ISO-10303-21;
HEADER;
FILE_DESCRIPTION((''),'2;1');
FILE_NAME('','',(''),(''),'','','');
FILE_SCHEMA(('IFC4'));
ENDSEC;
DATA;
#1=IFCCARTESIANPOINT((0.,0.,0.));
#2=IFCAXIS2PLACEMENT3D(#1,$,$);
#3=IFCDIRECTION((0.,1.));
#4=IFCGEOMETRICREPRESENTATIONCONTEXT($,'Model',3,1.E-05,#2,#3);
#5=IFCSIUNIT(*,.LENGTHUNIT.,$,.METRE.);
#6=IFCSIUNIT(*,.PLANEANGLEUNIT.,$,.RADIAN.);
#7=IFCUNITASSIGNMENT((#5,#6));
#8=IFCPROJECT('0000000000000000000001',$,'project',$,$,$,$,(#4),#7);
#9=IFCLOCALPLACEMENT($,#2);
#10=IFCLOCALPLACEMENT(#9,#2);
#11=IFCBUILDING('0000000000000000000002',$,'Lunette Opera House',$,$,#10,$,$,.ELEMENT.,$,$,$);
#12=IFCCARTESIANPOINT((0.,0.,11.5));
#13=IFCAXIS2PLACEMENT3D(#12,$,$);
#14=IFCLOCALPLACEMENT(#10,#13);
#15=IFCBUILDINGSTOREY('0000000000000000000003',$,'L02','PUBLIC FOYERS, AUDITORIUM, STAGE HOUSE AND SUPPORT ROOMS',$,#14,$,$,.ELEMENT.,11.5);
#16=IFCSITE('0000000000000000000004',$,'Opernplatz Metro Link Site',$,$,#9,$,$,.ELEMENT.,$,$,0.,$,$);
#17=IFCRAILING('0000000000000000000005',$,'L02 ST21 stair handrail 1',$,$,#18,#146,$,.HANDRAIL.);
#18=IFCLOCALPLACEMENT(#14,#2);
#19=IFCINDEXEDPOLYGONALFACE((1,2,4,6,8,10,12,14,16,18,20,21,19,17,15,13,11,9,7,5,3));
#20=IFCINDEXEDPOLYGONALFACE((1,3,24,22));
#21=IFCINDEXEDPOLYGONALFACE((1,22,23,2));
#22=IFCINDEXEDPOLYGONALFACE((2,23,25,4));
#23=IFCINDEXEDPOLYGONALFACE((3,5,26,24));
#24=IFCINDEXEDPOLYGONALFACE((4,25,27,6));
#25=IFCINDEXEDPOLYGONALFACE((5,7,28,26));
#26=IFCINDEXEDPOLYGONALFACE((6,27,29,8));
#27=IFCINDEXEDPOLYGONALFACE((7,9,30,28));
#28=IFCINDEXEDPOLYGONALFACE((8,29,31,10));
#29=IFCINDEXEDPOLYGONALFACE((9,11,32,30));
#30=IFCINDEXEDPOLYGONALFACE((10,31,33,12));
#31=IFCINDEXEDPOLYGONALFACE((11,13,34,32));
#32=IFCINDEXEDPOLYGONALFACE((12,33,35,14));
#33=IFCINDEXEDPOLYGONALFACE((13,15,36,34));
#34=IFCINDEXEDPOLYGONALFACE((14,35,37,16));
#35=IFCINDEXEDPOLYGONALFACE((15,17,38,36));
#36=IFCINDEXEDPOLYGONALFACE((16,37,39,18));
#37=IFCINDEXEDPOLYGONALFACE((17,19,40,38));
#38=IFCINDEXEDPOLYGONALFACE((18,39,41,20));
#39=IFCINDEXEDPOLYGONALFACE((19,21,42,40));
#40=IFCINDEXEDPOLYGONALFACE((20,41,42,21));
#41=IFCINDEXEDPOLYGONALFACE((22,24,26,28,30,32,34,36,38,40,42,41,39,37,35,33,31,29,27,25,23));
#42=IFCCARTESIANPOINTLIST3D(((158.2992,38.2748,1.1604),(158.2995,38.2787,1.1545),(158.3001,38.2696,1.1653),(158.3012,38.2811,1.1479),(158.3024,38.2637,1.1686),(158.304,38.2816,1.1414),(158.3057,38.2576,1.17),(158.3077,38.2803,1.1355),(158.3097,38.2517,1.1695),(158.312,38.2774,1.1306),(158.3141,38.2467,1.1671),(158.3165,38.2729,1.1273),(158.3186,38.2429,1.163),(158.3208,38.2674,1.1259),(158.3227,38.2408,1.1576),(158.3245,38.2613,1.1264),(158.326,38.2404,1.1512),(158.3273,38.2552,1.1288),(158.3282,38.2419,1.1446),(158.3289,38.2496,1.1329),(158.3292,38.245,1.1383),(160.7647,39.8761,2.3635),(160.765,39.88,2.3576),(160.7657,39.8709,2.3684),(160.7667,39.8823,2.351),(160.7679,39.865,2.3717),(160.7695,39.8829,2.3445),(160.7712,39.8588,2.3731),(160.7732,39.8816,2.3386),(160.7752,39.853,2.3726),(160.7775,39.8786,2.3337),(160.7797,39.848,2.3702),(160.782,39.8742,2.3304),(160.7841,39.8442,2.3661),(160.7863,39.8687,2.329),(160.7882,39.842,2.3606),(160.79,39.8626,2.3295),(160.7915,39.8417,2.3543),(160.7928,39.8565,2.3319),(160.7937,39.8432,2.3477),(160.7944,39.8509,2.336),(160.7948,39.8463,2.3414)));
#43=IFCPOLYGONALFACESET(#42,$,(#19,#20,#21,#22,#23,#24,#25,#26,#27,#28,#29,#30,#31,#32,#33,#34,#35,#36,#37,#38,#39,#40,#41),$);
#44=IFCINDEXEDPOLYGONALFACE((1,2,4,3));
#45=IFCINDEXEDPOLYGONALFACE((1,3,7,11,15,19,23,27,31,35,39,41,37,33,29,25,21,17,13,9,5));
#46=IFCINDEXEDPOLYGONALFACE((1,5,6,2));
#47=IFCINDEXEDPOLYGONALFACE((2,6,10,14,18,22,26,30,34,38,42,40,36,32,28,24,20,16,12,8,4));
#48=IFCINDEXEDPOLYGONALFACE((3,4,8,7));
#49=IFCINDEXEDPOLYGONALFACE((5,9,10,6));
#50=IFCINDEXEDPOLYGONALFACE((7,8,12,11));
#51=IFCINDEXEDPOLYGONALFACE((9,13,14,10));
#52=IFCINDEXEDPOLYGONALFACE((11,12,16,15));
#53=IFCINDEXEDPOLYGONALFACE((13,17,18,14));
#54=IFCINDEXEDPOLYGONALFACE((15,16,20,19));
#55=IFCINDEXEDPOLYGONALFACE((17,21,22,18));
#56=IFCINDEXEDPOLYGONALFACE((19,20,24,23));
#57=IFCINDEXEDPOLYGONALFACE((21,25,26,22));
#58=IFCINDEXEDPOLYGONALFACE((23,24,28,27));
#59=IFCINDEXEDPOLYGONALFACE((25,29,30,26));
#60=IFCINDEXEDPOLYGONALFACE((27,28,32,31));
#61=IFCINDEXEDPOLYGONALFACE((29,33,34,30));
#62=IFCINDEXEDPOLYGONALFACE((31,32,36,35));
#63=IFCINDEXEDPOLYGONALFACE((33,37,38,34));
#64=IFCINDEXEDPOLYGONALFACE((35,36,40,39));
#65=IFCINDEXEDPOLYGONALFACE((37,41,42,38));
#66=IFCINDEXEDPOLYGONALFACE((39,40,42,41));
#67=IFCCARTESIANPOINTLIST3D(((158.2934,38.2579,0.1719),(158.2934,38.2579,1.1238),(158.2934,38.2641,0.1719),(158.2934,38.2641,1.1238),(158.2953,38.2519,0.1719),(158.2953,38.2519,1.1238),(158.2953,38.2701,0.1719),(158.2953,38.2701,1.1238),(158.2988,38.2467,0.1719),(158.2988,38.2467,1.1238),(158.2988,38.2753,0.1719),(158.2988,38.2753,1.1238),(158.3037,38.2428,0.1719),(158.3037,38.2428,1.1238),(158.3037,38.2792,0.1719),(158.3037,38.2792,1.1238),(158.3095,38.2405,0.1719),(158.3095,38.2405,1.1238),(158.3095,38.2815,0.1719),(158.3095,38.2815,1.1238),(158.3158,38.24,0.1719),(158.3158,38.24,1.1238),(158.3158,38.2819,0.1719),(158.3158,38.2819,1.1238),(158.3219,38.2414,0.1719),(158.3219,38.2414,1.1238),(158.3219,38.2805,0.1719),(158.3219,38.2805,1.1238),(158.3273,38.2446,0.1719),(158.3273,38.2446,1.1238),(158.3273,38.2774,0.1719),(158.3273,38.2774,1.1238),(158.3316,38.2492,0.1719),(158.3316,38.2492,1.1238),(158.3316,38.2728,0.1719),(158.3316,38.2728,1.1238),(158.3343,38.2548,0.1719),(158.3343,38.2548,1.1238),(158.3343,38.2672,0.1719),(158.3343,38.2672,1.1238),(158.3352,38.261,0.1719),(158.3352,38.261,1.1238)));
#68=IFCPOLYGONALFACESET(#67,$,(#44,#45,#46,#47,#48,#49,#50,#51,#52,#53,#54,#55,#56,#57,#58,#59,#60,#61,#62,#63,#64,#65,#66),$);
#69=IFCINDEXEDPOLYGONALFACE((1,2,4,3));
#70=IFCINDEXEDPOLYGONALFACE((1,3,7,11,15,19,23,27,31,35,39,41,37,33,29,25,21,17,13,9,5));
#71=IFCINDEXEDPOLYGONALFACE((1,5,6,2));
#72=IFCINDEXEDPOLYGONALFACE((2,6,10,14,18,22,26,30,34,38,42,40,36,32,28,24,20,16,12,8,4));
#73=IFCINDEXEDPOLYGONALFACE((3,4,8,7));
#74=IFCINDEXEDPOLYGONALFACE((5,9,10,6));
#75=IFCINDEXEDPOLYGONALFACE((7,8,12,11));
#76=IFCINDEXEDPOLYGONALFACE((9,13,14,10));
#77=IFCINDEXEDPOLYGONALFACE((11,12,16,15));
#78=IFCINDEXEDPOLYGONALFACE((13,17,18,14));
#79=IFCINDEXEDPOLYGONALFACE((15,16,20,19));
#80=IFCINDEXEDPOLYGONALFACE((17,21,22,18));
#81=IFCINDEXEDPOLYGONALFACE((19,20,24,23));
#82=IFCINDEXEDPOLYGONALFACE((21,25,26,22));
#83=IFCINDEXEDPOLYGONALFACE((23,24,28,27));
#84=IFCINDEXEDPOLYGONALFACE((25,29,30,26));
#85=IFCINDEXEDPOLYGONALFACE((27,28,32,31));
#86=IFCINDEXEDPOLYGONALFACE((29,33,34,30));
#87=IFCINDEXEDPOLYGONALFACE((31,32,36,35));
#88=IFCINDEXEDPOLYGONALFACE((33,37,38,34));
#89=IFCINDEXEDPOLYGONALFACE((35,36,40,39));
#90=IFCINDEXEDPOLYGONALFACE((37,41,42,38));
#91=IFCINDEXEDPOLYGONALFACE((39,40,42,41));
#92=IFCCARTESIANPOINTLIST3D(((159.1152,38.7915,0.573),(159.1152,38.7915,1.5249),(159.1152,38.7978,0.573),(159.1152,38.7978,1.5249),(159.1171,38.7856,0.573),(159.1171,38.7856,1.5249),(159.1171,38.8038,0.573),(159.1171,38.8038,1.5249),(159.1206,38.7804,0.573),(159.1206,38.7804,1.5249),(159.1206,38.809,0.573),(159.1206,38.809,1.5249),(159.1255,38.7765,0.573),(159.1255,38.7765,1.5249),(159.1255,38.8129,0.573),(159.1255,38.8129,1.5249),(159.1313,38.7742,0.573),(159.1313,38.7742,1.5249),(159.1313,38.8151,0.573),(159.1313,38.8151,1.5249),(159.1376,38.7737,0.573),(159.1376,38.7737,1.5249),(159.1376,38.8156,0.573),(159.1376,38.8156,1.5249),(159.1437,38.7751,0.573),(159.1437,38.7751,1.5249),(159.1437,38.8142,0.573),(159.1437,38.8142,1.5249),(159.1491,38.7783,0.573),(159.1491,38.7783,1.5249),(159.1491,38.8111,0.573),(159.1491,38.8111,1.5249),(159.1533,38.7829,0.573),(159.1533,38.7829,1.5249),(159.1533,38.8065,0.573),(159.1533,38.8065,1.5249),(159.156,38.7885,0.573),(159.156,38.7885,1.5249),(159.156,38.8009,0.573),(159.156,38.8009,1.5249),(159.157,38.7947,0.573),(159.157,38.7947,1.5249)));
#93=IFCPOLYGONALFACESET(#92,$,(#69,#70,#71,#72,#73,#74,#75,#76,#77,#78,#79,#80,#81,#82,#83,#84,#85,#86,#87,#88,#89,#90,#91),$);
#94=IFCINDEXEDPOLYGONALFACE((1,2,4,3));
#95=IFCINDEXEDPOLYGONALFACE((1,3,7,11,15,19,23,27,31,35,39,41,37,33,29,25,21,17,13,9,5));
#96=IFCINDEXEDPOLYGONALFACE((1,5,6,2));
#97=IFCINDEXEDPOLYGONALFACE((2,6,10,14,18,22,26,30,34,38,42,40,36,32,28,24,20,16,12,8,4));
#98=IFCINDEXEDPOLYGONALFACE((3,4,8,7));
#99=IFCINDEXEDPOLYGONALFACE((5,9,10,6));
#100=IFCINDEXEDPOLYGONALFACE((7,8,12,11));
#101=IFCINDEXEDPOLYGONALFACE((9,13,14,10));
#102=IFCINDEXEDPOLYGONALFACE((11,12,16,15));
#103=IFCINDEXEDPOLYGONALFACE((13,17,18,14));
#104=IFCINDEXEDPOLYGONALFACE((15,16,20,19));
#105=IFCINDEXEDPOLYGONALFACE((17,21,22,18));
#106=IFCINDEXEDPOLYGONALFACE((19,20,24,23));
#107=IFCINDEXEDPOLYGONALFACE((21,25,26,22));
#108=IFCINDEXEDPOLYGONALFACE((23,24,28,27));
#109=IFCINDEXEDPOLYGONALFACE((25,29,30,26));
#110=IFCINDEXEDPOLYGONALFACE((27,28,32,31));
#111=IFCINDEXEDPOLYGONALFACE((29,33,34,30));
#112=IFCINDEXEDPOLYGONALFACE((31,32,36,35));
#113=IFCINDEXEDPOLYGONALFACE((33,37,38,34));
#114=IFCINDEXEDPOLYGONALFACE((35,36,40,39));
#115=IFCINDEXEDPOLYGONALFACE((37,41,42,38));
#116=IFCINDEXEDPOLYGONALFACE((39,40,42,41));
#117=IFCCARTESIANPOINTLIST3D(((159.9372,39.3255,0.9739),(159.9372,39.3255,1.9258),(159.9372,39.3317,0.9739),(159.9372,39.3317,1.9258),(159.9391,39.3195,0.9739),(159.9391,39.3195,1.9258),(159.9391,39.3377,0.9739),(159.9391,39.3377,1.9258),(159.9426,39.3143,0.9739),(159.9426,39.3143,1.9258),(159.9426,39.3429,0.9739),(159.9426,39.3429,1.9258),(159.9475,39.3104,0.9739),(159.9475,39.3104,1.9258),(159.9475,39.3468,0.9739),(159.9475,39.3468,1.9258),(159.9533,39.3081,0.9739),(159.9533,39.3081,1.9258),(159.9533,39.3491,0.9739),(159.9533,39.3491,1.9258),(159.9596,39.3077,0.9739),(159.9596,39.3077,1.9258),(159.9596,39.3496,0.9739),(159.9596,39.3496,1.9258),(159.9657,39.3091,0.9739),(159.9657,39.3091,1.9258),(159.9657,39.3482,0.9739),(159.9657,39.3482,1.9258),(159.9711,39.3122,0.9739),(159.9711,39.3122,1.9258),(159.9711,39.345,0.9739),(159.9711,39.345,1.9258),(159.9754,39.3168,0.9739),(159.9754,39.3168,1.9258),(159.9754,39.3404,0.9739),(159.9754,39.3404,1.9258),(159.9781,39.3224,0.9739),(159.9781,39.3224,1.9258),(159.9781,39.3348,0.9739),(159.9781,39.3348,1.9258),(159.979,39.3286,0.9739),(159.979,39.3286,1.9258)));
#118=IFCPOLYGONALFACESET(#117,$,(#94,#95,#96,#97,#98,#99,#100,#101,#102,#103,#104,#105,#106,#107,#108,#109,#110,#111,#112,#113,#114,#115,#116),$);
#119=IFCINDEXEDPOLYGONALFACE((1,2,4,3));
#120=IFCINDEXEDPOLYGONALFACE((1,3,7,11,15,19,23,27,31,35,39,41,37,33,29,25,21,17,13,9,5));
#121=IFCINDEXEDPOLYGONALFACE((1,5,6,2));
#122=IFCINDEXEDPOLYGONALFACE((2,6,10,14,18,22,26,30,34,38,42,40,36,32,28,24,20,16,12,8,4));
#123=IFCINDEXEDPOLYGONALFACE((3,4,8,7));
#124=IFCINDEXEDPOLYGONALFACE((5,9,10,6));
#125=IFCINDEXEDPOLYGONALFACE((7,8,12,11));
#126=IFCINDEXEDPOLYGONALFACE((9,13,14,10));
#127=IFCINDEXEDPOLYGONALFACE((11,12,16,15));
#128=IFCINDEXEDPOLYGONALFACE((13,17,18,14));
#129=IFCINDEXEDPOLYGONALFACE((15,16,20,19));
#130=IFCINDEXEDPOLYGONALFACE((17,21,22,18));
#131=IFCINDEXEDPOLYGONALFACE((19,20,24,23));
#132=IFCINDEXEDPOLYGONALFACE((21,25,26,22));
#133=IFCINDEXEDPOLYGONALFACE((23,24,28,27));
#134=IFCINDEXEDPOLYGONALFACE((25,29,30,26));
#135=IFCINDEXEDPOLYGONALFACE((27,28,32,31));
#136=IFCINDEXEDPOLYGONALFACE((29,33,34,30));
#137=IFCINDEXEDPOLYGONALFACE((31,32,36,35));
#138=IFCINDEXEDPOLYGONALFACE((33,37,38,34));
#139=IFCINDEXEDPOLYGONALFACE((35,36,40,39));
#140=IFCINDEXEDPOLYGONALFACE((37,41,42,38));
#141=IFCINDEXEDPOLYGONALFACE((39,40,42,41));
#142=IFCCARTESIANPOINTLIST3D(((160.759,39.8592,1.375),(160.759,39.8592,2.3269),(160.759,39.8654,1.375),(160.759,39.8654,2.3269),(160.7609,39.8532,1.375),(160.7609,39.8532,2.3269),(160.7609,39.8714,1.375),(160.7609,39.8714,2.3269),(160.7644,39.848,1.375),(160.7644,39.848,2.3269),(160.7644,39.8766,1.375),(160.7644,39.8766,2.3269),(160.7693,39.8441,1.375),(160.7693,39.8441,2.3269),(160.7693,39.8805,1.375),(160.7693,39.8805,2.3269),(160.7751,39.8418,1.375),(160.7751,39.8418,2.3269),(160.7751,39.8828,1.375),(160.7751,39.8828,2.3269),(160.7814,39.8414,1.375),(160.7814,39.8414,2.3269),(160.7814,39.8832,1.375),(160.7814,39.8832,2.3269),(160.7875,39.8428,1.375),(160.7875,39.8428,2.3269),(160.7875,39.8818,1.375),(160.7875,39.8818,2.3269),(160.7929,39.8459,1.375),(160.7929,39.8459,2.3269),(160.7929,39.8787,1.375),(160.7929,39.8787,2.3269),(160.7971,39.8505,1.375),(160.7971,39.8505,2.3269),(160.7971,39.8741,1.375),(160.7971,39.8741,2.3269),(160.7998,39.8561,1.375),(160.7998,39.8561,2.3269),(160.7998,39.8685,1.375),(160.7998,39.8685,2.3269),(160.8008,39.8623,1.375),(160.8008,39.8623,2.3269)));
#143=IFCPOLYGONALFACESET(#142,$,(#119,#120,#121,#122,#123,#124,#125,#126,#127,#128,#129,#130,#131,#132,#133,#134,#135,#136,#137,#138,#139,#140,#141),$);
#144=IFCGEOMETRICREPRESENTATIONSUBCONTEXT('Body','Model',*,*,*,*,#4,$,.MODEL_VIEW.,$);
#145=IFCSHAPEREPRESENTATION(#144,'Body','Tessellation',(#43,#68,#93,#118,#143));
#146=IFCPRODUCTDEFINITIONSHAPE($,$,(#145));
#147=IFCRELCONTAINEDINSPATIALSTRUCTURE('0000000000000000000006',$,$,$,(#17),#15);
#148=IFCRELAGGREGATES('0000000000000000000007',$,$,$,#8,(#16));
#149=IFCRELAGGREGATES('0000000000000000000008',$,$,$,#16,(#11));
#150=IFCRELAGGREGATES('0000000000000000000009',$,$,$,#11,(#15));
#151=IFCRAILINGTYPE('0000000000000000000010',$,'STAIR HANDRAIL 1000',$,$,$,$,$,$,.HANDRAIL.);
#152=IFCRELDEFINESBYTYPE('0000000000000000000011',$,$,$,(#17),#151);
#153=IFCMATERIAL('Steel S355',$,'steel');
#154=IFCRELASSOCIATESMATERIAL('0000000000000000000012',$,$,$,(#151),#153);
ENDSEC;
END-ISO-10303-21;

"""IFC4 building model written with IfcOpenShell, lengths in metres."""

from ifc_helpers import new_model, si_unit, direction, frame, origin, origin_2d, place, context, subcontext, project, spatial, circle, extrude, material, type_object, element, save


model = new_model("IFC4")

# Units and contexts
model_context = context("Model", 3, precision=1e-05, world=origin(), true_north=direction((0.0, 1.0)))
body_context = subcontext(model_context, "Body", "Model", "MODEL_VIEW")
ifc_project = project(units=[si_unit("LENGTHUNIT", "METRE"), si_unit("PLANEANGLEUNIT", "RADIAN")], contexts=[model_context])

# Site, building, storey
site_placement = place(None, origin())
site = spatial("IfcSite", under=ifc_project, at=site_placement, Name="Opernplatz Metro Link Site", CompositionType="ELEMENT", RefElevation=0.0)
building_placement = place(site_placement, origin())
building = spatial("IfcBuilding", under=site, at=building_placement, Name="Lunette Opera House", CompositionType="ELEMENT")
storey_placement = place(building_placement, frame((0.0, 0.0, 11.5)))
storey = spatial("IfcBuildingStorey", under=building, at=storey_placement, Name="L02", Description="PUBLIC FOYERS, AUDITORIUM, STAGE HOUSE AND SUPPORT ROOMS", CompositionType="ELEMENT", Elevation=11.5)

# Railing
ifc_material_1 = material(Name="Steel S355", Category="steel")
railing_type = type_object("IfcRailingType", Name="STAIR HANDRAIL 1000", PredefinedType="HANDRAIL", material=ifc_material_1)
for number, where, name in (
    (1, (158.3142, 38.261, 0.1719), "L02 ST21 stair handrail 1"),
):
    element("IfcRailing", number, at=place(storey_placement, frame(where)), inside=storey, type_object=railing_type, Name=name, PredefinedType="HANDRAIL", context=body_context, shape_type="SweptSolid", body=[
        extrude(circle(Radius=0.0239, at=origin_2d()), frame((0.0, 0.0, 0.9761), z_axis=(0.776168, 0.504098, 0.378746), x_axis=(-0.544676, 0.838647, 0.0)), (0.0, 0.0, 1.0), 3.1765),
        extrude(circle(Radius=0.021, at=origin_2d()), origin(), (0.0, 0.0, 1.0), 0.9519),
        extrude(circle(Radius=0.021, at=origin_2d()), frame((0.8218, 0.5337, 0.4011)), (0.0, 0.0, 1.0), 0.9519),
        extrude(circle(Radius=0.021, at=origin_2d()), frame((1.6438, 1.0676, 0.802)), (0.0, 0.0, 1.0), 0.9519),
        extrude(circle(Radius=0.021, at=origin_2d()), frame((2.4656, 1.6013, 1.2031)), (0.0, 0.0, 1.0), 0.9519),
    ])

save(model, "model.ifc")
